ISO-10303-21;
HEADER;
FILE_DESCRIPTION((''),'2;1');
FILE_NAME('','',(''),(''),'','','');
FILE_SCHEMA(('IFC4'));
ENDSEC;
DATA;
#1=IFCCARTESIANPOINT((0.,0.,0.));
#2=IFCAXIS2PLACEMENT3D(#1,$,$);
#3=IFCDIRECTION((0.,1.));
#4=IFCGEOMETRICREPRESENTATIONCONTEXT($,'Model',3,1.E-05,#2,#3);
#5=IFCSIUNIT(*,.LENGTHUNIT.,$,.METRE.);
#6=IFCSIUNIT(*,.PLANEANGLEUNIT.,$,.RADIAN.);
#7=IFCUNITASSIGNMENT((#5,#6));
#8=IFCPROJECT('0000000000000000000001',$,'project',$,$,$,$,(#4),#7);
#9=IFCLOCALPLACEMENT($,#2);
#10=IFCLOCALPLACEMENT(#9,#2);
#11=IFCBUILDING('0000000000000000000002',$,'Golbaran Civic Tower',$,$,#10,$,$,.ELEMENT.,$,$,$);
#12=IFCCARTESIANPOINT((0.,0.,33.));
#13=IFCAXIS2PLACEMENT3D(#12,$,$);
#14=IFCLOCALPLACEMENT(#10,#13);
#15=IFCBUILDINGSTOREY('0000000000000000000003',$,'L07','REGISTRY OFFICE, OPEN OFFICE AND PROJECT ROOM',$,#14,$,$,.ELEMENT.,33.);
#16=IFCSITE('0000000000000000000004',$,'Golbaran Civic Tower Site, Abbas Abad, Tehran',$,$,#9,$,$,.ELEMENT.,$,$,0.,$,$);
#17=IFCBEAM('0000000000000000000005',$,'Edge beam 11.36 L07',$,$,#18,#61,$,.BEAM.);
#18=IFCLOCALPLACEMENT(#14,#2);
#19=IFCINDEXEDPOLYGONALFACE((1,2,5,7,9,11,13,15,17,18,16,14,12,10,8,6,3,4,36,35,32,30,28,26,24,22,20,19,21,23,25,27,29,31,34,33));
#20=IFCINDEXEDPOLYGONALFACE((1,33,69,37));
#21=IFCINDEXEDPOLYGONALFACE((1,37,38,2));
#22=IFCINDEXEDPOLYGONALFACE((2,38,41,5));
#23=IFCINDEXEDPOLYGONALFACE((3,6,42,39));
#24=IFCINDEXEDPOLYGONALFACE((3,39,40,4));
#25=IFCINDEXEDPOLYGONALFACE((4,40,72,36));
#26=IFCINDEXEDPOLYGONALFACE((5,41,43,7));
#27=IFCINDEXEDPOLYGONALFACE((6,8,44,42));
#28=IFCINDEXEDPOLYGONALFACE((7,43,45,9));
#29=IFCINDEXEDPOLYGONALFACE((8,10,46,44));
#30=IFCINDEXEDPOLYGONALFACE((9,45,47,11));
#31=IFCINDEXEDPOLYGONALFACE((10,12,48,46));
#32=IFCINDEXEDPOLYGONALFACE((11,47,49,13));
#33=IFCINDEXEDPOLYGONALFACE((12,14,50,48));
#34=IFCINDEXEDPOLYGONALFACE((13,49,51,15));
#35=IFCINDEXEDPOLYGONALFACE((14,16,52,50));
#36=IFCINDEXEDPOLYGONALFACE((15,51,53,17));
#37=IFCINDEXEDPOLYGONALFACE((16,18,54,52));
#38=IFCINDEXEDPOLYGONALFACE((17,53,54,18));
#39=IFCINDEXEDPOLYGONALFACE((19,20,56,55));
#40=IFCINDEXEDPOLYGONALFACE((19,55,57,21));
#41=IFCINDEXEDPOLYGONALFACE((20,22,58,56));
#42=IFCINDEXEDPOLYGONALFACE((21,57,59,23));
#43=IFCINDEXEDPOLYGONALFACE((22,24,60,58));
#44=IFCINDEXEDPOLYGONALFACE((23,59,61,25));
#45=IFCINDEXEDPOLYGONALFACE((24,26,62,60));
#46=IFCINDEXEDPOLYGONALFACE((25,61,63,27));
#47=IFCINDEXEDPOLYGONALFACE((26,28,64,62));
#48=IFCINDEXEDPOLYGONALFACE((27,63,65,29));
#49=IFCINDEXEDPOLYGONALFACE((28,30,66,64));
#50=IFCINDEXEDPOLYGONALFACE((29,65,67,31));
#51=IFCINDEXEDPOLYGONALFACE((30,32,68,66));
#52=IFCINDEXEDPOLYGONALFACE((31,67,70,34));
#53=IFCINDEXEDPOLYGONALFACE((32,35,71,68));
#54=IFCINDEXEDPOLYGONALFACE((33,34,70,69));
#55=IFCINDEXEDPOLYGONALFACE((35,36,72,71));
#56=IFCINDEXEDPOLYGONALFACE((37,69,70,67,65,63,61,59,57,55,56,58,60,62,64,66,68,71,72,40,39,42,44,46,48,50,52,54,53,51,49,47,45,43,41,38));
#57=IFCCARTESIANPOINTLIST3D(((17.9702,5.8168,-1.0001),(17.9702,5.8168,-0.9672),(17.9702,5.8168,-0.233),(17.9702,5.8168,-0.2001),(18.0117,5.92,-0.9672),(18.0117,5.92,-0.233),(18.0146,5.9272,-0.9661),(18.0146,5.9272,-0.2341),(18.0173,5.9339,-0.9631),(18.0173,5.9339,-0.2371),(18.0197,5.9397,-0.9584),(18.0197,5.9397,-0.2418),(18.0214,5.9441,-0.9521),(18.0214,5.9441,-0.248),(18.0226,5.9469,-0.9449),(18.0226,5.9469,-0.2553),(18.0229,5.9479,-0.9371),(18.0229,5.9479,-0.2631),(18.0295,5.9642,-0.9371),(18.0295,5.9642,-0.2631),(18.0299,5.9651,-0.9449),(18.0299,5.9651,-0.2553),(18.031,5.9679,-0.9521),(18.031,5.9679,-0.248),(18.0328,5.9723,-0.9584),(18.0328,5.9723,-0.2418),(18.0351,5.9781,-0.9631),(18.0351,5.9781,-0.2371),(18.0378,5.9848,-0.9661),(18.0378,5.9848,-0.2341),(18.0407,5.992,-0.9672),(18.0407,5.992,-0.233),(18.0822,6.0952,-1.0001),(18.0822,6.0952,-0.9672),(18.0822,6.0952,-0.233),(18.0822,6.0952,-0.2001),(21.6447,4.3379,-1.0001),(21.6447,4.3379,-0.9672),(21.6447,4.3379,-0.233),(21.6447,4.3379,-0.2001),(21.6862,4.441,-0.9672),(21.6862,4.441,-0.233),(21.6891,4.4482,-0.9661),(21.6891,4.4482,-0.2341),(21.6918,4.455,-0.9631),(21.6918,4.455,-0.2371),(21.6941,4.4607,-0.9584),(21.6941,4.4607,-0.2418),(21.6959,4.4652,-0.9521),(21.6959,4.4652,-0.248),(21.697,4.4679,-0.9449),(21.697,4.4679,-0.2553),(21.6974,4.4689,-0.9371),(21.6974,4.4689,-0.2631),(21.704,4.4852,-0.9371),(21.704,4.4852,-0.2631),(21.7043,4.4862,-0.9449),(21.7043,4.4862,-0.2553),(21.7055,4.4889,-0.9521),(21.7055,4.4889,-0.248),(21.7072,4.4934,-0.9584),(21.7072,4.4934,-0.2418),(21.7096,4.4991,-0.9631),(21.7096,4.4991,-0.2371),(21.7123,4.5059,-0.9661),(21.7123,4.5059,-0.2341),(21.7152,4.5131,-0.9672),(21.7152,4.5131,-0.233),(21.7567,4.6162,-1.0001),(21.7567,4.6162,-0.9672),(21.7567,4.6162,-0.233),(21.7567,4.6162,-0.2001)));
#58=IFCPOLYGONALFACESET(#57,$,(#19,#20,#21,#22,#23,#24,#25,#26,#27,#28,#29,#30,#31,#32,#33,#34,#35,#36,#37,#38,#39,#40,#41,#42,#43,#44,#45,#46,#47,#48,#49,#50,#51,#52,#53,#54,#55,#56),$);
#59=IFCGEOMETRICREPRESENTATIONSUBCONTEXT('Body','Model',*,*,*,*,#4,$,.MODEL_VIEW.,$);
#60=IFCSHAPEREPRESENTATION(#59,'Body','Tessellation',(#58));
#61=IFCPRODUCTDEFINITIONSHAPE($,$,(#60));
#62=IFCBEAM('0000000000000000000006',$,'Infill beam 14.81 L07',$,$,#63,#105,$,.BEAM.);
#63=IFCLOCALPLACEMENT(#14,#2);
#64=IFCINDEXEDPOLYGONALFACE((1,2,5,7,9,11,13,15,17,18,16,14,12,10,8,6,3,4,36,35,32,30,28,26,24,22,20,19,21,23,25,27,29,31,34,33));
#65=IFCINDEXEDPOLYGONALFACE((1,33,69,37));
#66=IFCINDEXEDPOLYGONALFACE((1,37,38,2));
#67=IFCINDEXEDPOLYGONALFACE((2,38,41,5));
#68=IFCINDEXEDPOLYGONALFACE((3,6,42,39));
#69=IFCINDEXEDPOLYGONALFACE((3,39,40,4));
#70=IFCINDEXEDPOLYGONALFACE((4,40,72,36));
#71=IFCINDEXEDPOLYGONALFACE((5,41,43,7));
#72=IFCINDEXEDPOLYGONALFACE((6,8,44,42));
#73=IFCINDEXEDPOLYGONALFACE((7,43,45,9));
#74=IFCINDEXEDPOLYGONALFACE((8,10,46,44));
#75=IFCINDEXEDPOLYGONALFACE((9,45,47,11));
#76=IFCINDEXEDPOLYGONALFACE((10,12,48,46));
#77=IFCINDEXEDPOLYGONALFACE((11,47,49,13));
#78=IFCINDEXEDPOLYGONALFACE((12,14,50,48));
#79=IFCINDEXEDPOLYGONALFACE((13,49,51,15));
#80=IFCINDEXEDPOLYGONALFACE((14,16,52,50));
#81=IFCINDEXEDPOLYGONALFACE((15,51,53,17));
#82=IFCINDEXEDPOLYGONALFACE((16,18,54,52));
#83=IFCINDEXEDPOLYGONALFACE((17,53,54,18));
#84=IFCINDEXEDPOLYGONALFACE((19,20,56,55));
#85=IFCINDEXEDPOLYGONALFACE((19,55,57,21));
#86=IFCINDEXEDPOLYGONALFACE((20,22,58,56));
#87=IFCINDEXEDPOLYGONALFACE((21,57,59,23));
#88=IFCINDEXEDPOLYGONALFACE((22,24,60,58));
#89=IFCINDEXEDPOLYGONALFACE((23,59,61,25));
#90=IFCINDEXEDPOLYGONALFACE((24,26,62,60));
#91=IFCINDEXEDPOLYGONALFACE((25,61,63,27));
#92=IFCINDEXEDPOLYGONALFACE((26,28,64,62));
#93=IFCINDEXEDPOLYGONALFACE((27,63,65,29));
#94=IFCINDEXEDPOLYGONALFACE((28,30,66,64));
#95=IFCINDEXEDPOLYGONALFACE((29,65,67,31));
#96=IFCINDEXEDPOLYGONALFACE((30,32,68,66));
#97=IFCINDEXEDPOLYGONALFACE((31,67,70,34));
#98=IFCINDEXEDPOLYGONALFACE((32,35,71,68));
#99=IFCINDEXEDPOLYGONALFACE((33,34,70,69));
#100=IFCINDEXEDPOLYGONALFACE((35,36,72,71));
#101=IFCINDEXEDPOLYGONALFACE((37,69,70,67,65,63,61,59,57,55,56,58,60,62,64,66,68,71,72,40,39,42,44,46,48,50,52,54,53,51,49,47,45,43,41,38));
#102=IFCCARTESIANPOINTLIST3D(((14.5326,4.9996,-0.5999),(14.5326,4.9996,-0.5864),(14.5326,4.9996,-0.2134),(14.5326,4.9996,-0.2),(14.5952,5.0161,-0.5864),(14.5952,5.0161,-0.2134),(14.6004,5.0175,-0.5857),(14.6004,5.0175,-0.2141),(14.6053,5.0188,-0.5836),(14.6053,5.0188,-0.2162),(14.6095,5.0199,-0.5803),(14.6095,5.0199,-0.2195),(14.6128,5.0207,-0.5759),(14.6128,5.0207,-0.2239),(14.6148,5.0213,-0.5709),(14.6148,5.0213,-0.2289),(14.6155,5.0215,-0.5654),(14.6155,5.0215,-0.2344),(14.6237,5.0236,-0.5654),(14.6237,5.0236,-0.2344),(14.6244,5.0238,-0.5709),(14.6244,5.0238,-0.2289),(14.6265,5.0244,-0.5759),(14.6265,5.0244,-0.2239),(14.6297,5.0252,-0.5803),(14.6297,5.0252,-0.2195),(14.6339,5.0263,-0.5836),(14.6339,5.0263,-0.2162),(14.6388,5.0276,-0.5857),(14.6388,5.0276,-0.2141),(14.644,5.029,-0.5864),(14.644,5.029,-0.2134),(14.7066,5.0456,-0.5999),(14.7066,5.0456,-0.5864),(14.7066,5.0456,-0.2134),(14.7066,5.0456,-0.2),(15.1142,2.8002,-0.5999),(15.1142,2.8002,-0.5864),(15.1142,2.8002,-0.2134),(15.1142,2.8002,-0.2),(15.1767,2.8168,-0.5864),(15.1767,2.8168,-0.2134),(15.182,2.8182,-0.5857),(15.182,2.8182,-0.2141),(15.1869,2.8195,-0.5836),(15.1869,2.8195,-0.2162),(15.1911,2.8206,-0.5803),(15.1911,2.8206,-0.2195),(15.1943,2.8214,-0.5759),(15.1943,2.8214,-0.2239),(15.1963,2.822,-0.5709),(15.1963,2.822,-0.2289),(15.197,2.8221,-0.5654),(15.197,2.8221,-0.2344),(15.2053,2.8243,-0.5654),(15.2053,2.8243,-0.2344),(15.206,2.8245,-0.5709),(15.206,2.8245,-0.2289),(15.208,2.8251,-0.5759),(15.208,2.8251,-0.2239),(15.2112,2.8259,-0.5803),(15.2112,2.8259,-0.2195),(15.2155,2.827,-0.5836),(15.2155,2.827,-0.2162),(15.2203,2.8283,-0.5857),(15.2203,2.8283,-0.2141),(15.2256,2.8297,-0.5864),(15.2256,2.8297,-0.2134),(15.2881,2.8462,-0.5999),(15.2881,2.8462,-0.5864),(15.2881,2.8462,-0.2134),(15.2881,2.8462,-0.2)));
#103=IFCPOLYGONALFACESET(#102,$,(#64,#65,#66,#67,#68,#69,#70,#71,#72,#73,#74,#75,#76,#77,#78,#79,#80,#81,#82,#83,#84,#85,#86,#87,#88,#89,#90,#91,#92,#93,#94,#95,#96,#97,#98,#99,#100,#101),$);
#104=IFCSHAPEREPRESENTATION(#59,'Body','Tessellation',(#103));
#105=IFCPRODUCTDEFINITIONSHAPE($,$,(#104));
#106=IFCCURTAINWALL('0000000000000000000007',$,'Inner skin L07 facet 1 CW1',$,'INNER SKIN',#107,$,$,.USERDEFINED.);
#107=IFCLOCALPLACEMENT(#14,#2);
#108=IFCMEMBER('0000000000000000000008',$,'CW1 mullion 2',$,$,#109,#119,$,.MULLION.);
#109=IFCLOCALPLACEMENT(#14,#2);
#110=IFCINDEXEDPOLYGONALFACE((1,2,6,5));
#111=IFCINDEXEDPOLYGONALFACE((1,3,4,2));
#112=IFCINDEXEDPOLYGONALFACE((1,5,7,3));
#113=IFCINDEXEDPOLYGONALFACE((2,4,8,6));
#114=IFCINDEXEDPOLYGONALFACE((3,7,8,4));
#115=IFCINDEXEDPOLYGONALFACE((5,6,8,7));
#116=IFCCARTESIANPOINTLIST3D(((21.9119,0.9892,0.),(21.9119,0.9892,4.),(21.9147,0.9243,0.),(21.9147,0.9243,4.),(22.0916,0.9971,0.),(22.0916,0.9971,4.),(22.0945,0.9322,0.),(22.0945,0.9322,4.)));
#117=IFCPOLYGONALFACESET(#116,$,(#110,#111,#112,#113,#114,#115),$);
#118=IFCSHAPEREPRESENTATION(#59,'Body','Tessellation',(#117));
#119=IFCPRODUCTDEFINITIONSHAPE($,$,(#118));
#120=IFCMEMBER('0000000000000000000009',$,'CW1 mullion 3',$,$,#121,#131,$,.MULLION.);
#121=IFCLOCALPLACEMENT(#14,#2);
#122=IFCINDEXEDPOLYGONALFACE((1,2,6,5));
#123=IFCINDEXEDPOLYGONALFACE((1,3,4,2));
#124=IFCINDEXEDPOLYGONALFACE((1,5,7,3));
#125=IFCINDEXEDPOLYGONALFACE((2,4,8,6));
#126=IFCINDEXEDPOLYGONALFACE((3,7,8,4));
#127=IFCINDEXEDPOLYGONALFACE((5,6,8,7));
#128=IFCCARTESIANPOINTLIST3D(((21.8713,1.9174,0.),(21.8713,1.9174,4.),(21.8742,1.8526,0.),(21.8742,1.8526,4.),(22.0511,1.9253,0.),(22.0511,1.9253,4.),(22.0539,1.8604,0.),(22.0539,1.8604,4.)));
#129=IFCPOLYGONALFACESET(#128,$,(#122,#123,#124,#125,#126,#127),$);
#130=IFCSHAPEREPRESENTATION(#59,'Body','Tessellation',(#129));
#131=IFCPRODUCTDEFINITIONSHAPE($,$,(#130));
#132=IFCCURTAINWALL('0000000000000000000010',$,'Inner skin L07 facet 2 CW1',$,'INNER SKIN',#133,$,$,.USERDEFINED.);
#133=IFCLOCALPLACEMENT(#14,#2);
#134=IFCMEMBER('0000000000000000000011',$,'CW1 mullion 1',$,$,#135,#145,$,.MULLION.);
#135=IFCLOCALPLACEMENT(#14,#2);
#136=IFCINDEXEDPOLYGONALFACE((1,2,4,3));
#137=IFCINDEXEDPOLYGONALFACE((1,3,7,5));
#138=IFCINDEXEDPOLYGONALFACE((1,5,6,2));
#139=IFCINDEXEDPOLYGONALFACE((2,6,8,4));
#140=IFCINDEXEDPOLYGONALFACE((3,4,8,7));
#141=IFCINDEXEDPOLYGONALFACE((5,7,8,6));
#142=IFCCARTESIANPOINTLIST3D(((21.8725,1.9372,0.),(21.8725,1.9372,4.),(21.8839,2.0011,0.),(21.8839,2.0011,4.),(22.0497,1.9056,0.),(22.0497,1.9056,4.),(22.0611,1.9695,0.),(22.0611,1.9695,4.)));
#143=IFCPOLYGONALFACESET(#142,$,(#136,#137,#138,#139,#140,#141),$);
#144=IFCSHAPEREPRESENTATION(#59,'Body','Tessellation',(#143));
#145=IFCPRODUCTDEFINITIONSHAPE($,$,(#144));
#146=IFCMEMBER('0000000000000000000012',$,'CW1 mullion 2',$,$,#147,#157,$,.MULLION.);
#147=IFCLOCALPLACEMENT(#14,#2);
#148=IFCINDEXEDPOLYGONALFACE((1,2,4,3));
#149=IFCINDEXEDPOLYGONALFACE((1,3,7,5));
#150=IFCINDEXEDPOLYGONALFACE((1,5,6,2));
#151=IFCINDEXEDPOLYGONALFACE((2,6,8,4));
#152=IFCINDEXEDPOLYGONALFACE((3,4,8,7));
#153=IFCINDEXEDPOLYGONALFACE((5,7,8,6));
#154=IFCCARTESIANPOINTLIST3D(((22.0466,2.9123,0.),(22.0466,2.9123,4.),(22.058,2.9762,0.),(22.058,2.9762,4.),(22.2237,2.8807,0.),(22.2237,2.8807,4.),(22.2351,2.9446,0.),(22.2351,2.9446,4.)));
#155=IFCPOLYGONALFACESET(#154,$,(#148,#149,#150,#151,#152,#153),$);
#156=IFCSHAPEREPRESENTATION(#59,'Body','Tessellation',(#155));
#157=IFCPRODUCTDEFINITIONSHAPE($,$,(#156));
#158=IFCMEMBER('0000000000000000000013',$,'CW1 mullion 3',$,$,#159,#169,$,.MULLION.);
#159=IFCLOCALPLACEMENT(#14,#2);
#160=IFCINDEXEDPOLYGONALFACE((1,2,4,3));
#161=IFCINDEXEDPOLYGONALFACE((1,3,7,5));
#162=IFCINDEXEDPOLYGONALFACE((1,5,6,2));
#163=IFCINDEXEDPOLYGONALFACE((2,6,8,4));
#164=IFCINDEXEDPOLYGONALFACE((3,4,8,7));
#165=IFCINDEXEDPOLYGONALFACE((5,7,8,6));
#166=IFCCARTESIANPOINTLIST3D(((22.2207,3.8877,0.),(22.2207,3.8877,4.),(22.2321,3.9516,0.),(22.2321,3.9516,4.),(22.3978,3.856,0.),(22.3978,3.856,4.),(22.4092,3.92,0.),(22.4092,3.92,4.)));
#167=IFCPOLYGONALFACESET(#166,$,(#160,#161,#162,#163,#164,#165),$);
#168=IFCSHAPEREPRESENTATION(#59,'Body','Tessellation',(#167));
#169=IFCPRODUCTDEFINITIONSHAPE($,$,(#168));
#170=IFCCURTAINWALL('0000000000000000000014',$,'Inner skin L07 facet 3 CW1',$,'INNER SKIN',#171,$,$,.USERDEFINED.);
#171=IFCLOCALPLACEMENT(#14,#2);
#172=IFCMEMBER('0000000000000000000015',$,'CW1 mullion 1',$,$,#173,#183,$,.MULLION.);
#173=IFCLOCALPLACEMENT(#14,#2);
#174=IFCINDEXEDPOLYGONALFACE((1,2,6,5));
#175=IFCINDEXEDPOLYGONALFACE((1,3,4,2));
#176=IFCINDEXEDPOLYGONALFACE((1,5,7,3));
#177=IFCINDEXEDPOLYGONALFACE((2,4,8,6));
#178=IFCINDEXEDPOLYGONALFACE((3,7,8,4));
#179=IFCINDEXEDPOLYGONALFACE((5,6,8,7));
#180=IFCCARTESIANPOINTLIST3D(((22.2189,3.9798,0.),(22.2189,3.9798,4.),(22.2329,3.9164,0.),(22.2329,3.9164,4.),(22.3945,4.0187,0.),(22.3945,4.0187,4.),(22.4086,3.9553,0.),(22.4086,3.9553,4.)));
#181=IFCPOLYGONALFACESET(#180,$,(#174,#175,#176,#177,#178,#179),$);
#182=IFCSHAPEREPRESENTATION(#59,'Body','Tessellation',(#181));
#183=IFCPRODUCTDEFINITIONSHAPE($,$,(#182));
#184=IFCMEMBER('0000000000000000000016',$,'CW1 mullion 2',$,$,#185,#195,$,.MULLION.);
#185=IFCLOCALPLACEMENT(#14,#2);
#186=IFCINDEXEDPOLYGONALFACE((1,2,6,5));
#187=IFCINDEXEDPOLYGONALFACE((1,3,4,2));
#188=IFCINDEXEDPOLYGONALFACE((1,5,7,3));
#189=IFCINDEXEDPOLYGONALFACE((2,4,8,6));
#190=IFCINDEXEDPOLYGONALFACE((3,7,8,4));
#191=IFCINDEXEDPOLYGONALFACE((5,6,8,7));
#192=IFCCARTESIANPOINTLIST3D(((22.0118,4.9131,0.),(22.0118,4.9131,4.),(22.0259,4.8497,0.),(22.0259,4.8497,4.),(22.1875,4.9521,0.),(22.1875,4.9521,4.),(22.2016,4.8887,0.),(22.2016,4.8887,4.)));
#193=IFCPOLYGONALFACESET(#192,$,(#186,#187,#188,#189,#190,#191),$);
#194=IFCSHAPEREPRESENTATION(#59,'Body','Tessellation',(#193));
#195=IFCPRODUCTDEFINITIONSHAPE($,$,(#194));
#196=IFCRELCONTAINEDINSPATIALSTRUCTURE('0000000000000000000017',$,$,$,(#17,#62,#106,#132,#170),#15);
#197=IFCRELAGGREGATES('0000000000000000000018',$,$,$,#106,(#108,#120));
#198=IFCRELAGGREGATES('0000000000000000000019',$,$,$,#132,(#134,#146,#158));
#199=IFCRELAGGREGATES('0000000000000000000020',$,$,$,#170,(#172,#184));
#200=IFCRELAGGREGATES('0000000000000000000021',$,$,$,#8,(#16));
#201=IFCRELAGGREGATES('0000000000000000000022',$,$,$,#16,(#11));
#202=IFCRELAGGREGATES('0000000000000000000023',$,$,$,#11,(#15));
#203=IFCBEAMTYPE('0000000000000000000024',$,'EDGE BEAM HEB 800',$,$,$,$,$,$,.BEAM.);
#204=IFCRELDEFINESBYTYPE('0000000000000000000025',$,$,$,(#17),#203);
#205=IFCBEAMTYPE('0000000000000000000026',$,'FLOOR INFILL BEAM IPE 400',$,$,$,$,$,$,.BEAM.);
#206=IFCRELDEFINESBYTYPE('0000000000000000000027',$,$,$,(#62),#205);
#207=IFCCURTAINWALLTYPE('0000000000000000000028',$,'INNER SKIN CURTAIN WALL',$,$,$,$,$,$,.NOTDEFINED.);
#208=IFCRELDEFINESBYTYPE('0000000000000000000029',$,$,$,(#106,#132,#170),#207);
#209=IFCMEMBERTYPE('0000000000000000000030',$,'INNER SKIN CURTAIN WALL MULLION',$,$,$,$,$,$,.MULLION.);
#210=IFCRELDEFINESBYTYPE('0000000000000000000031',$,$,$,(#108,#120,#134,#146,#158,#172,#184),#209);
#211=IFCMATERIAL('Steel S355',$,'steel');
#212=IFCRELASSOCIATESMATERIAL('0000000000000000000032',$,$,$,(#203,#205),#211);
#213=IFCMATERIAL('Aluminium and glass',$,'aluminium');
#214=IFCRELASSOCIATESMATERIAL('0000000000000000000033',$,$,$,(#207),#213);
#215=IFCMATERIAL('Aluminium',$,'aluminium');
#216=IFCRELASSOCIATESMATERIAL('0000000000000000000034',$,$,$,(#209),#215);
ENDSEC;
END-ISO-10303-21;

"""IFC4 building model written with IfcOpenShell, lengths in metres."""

from ifc_helpers import new_model, si_unit, direction, frame, origin, origin_2d, place, context, subcontext, project, spatial, rectangle, i_section, extrude, material, material_profile, profile_set, type_object, element, aggregate, save


model = new_model("IFC4")

# Units and contexts
model_context = context("Model", 3, precision=1e-05, world=origin(), true_north=direction((0.0, 1.0)))
body_context = subcontext(model_context, "Body", "Model", "MODEL_VIEW")
ifc_project = project(units=[si_unit("LENGTHUNIT", "METRE"), si_unit("PLANEANGLEUNIT", "RADIAN")], contexts=[model_context])

# Site, building, storey
site_placement = place(None, origin())
site = spatial("IfcSite", under=ifc_project, at=site_placement, Name="Golbaran Civic Tower Site, Abbas Abad, Tehran", CompositionType="ELEMENT", RefElevation=0.0)
building_placement = place(site_placement, origin())
building = spatial("IfcBuilding", under=site, at=building_placement, Name="Golbaran Civic Tower", CompositionType="ELEMENT")
storey_placement = place(building_placement, frame((0.0, 0.0, 33.0)))
storey = spatial("IfcBuildingStorey", under=building, at=storey_placement, Name="L07", Description="REGISTRY OFFICE, OPEN OFFICE AND PROJECT ROOM", CompositionType="ELEMENT", Elevation=33.0)

# Beams
ifc_material_1 = material(Name="Steel S355", Category="steel")
ifc_material_profile_1 = material_profile(ifc_material_1, i_section(OverallWidth=0.3, OverallDepth=0.8, WebThickness=0.0176, FlangeThickness=0.033, FilletRadius=0.03, at=origin_2d()), Name="HEB 800")
ifc_profile_set_1 = profile_set([ifc_material_profile_1], Name="Steel S355")
beam_type_1 = type_object("IfcBeamType", Name="EDGE BEAM HEB 800", PredefinedType="BEAM", material=ifc_profile_set_1)
beam_1_placement = place(storey_placement, frame((21.7007, 4.4771, -0.6001), z_axis=(-0.927675, 0.373388, 0.0), x_axis=(-0.373388, -0.927675, 0.0)))
element("IfcBeam", 1, at=beam_1_placement, inside=storey, type_object=beam_type_1, Name="Edge beam 11.36 L07", PredefinedType="BEAM", context=body_context, shape_type="SweptSolid", body=[
    extrude(i_section(OverallWidth=0.3, OverallDepth=0.8, WebThickness=0.0176, FlangeThickness=0.033, FilletRadius=0.03, at=origin_2d()), origin(), (0.0, 0.0, 1.0), 3.9609),
])
ifc_material_profile_2 = material_profile(ifc_material_1, i_section(OverallWidth=0.1799, OverallDepth=0.3999, WebThickness=0.0085, FlangeThickness=0.0134, FilletRadius=0.021, at=origin_2d()), Name="IPE 400")
ifc_profile_set_2 = profile_set([ifc_material_profile_2], Name="Steel S355")
beam_type_2 = type_object("IfcBeamType", Name="FLOOR INFILL BEAM IPE 400", PredefinedType="BEAM", material=ifc_profile_set_2)
beam_2_placement = place(storey_placement, frame((15.2012, 2.8232, -0.3999), z_axis=(-0.255645, 0.966771, 0.0), x_axis=(-0.966771, -0.255645, 0.0)))
element("IfcBeam", 2, at=beam_2_placement, inside=storey, type_object=beam_type_2, Name="Infill beam 14.81 L07", PredefinedType="BEAM", context=body_context, shape_type="SweptSolid", body=[
    extrude(i_section(OverallWidth=0.1799, OverallDepth=0.3999, WebThickness=0.0085, FlangeThickness=0.0134, FilletRadius=0.021, at=origin_2d()), origin(), (0.0, 0.0, 1.0), 2.2749),
])

# Curtain walls, members
ifc_material_2 = material(Name="Aluminium and glass", Category="aluminium")
curtain_wall_type = type_object("IfcCurtainWallType", Name="INNER SKIN CURTAIN WALL", PredefinedType="NOTDEFINED", material=ifc_material_2)
curtain_wall_1_placement = place(storey_placement, origin())
curtain_wall_1 = element("IfcCurtainWall", 3, at=curtain_wall_1_placement, inside=storey, type_object=curtain_wall_type, Name="Inner skin L07 facet 1 CW1", ObjectType="INNER SKIN", PredefinedType="USERDEFINED")
ifc_material_3 = material(Name="Aluminium", Category="aluminium")
ifc_material_profile_3 = material_profile(ifc_material_3, rectangle(XDim=0.1799, YDim=0.0649, at=origin_2d()), Name="INNER SKIN CURTAIN WALL MULLION")
ifc_profile_set_3 = profile_set([ifc_material_profile_3], Name="Aluminium")
member_type_1 = type_object("IfcMemberType", Name="INNER SKIN CURTAIN WALL MULLION", PredefinedType="MULLION", material=ifc_profile_set_3)
member_1_placement = place(storey_placement, frame((22.0032, 0.9607, 0.0), z_axis=(0.0, 0.0, 1.0), x_axis=(-0.999048, -0.043619, 0.0)))
member_1 = element("IfcMember", 4, at=member_1_placement, type_object=member_type_1, Name="CW1 mullion 2", PredefinedType="MULLION", context=body_context, shape_type="SweptSolid", body=[
    extrude(rectangle(XDim=0.1799, YDim=0.0649, at=origin_2d()), origin(), (0.0, 0.0, 1.0), 4.0),
])
member_2_placement = place(storey_placement, frame((21.9626, 1.8889, 0.0), z_axis=(0.0, 0.0, 1.0), x_axis=(-0.999048, -0.043619, 0.0)))
member_2 = element("IfcMember", 5, at=member_2_placement, type_object=member_type_1, Name="CW1 mullion 3", PredefinedType="MULLION", context=body_context, shape_type="SweptSolid", body=[
    extrude(rectangle(XDim=0.1799, YDim=0.0649, at=origin_2d()), origin(), (0.0, 0.0, 1.0), 4.0),
])
curtain_wall_2_placement = place(storey_placement, origin())
curtain_wall_2 = element("IfcCurtainWall", 6, at=curtain_wall_2_placement, inside=storey, type_object=curtain_wall_type, Name="Inner skin L07 facet 2 CW1", ObjectType="INNER SKIN", PredefinedType="USERDEFINED")
member_3_placement = place(storey_placement, frame((21.9668, 1.9534, 0.0), z_axis=(0.0, 0.0, 1.0), x_axis=(-0.984441, 0.175717, 0.0)))
member_3 = element("IfcMember", 7, at=member_3_placement, type_object=member_type_1, Name="CW1 mullion 1", PredefinedType="MULLION", context=body_context, shape_type="SweptSolid", body=[
    extrude(rectangle(XDim=0.1799, YDim=0.0649, at=origin_2d()), origin(), (0.0, 0.0, 1.0), 4.0),
])
member_4_placement = place(storey_placement, frame((22.1409, 2.9285, 0.0), z_axis=(0.0, 0.0, 1.0), x_axis=(-0.984441, 0.175717, 0.0)))
member_4 = element("IfcMember", 8, at=member_4_placement, type_object=member_type_1, Name="CW1 mullion 2", PredefinedType="MULLION", context=body_context, shape_type="SweptSolid", body=[
    extrude(rectangle(XDim=0.1799, YDim=0.0649, at=origin_2d()), origin(), (0.0, 0.0, 1.0), 4.0),
])
member_5_placement = place(storey_placement, frame((22.3149, 3.9038, 0.0), z_axis=(0.0, 0.0, 1.0), x_axis=(-0.984441, 0.175717, 0.0)))
member_5 = element("IfcMember", 9, at=member_5_placement, type_object=member_type_1, Name="CW1 mullion 3", PredefinedType="MULLION", context=body_context, shape_type="SweptSolid", body=[
    extrude(rectangle(XDim=0.1799, YDim=0.0649, at=origin_2d()), origin(), (0.0, 0.0, 1.0), 4.0),
])
curtain_wall_3_placement = place(storey_placement, origin())
curtain_wall_3 = element("IfcCurtainWall", 10, at=curtain_wall_3_placement, inside=storey, type_object=curtain_wall_type, Name="Inner skin L07 facet 3 CW1", ObjectType="INNER SKIN", PredefinedType="USERDEFINED")
member_6_placement = place(storey_placement, frame((22.3137, 3.9675, 0.0), z_axis=(0.0, 0.0, 1.0), x_axis=(-0.976296, -0.21644, 0.0)))
member_6 = element("IfcMember", 11, at=member_6_placement, type_object=member_type_1, Name="CW1 mullion 1", PredefinedType="MULLION", context=body_context, shape_type="SweptSolid", body=[
    extrude(rectangle(XDim=0.1799, YDim=0.0649, at=origin_2d()), origin(), (0.0, 0.0, 1.0), 4.0),
])
member_7_placement = place(storey_placement, frame((22.1067, 4.9009, 0.0), z_axis=(0.0, 0.0, 1.0), x_axis=(-0.976296, -0.21644, 0.0)))
member_7 = element("IfcMember", 12, at=member_7_placement, type_object=member_type_1, Name="CW1 mullion 2", PredefinedType="MULLION", context=body_context, shape_type="SweptSolid", body=[
    extrude(rectangle(XDim=0.1799, YDim=0.0649, at=origin_2d()), origin(), (0.0, 0.0, 1.0), 4.0),
])

aggregate(curtain_wall_1, [member_1, member_2])
aggregate(curtain_wall_2, [member_3, member_4, member_5])
aggregate(curtain_wall_3, [member_6, member_7])

save(model, "model.ifc")
